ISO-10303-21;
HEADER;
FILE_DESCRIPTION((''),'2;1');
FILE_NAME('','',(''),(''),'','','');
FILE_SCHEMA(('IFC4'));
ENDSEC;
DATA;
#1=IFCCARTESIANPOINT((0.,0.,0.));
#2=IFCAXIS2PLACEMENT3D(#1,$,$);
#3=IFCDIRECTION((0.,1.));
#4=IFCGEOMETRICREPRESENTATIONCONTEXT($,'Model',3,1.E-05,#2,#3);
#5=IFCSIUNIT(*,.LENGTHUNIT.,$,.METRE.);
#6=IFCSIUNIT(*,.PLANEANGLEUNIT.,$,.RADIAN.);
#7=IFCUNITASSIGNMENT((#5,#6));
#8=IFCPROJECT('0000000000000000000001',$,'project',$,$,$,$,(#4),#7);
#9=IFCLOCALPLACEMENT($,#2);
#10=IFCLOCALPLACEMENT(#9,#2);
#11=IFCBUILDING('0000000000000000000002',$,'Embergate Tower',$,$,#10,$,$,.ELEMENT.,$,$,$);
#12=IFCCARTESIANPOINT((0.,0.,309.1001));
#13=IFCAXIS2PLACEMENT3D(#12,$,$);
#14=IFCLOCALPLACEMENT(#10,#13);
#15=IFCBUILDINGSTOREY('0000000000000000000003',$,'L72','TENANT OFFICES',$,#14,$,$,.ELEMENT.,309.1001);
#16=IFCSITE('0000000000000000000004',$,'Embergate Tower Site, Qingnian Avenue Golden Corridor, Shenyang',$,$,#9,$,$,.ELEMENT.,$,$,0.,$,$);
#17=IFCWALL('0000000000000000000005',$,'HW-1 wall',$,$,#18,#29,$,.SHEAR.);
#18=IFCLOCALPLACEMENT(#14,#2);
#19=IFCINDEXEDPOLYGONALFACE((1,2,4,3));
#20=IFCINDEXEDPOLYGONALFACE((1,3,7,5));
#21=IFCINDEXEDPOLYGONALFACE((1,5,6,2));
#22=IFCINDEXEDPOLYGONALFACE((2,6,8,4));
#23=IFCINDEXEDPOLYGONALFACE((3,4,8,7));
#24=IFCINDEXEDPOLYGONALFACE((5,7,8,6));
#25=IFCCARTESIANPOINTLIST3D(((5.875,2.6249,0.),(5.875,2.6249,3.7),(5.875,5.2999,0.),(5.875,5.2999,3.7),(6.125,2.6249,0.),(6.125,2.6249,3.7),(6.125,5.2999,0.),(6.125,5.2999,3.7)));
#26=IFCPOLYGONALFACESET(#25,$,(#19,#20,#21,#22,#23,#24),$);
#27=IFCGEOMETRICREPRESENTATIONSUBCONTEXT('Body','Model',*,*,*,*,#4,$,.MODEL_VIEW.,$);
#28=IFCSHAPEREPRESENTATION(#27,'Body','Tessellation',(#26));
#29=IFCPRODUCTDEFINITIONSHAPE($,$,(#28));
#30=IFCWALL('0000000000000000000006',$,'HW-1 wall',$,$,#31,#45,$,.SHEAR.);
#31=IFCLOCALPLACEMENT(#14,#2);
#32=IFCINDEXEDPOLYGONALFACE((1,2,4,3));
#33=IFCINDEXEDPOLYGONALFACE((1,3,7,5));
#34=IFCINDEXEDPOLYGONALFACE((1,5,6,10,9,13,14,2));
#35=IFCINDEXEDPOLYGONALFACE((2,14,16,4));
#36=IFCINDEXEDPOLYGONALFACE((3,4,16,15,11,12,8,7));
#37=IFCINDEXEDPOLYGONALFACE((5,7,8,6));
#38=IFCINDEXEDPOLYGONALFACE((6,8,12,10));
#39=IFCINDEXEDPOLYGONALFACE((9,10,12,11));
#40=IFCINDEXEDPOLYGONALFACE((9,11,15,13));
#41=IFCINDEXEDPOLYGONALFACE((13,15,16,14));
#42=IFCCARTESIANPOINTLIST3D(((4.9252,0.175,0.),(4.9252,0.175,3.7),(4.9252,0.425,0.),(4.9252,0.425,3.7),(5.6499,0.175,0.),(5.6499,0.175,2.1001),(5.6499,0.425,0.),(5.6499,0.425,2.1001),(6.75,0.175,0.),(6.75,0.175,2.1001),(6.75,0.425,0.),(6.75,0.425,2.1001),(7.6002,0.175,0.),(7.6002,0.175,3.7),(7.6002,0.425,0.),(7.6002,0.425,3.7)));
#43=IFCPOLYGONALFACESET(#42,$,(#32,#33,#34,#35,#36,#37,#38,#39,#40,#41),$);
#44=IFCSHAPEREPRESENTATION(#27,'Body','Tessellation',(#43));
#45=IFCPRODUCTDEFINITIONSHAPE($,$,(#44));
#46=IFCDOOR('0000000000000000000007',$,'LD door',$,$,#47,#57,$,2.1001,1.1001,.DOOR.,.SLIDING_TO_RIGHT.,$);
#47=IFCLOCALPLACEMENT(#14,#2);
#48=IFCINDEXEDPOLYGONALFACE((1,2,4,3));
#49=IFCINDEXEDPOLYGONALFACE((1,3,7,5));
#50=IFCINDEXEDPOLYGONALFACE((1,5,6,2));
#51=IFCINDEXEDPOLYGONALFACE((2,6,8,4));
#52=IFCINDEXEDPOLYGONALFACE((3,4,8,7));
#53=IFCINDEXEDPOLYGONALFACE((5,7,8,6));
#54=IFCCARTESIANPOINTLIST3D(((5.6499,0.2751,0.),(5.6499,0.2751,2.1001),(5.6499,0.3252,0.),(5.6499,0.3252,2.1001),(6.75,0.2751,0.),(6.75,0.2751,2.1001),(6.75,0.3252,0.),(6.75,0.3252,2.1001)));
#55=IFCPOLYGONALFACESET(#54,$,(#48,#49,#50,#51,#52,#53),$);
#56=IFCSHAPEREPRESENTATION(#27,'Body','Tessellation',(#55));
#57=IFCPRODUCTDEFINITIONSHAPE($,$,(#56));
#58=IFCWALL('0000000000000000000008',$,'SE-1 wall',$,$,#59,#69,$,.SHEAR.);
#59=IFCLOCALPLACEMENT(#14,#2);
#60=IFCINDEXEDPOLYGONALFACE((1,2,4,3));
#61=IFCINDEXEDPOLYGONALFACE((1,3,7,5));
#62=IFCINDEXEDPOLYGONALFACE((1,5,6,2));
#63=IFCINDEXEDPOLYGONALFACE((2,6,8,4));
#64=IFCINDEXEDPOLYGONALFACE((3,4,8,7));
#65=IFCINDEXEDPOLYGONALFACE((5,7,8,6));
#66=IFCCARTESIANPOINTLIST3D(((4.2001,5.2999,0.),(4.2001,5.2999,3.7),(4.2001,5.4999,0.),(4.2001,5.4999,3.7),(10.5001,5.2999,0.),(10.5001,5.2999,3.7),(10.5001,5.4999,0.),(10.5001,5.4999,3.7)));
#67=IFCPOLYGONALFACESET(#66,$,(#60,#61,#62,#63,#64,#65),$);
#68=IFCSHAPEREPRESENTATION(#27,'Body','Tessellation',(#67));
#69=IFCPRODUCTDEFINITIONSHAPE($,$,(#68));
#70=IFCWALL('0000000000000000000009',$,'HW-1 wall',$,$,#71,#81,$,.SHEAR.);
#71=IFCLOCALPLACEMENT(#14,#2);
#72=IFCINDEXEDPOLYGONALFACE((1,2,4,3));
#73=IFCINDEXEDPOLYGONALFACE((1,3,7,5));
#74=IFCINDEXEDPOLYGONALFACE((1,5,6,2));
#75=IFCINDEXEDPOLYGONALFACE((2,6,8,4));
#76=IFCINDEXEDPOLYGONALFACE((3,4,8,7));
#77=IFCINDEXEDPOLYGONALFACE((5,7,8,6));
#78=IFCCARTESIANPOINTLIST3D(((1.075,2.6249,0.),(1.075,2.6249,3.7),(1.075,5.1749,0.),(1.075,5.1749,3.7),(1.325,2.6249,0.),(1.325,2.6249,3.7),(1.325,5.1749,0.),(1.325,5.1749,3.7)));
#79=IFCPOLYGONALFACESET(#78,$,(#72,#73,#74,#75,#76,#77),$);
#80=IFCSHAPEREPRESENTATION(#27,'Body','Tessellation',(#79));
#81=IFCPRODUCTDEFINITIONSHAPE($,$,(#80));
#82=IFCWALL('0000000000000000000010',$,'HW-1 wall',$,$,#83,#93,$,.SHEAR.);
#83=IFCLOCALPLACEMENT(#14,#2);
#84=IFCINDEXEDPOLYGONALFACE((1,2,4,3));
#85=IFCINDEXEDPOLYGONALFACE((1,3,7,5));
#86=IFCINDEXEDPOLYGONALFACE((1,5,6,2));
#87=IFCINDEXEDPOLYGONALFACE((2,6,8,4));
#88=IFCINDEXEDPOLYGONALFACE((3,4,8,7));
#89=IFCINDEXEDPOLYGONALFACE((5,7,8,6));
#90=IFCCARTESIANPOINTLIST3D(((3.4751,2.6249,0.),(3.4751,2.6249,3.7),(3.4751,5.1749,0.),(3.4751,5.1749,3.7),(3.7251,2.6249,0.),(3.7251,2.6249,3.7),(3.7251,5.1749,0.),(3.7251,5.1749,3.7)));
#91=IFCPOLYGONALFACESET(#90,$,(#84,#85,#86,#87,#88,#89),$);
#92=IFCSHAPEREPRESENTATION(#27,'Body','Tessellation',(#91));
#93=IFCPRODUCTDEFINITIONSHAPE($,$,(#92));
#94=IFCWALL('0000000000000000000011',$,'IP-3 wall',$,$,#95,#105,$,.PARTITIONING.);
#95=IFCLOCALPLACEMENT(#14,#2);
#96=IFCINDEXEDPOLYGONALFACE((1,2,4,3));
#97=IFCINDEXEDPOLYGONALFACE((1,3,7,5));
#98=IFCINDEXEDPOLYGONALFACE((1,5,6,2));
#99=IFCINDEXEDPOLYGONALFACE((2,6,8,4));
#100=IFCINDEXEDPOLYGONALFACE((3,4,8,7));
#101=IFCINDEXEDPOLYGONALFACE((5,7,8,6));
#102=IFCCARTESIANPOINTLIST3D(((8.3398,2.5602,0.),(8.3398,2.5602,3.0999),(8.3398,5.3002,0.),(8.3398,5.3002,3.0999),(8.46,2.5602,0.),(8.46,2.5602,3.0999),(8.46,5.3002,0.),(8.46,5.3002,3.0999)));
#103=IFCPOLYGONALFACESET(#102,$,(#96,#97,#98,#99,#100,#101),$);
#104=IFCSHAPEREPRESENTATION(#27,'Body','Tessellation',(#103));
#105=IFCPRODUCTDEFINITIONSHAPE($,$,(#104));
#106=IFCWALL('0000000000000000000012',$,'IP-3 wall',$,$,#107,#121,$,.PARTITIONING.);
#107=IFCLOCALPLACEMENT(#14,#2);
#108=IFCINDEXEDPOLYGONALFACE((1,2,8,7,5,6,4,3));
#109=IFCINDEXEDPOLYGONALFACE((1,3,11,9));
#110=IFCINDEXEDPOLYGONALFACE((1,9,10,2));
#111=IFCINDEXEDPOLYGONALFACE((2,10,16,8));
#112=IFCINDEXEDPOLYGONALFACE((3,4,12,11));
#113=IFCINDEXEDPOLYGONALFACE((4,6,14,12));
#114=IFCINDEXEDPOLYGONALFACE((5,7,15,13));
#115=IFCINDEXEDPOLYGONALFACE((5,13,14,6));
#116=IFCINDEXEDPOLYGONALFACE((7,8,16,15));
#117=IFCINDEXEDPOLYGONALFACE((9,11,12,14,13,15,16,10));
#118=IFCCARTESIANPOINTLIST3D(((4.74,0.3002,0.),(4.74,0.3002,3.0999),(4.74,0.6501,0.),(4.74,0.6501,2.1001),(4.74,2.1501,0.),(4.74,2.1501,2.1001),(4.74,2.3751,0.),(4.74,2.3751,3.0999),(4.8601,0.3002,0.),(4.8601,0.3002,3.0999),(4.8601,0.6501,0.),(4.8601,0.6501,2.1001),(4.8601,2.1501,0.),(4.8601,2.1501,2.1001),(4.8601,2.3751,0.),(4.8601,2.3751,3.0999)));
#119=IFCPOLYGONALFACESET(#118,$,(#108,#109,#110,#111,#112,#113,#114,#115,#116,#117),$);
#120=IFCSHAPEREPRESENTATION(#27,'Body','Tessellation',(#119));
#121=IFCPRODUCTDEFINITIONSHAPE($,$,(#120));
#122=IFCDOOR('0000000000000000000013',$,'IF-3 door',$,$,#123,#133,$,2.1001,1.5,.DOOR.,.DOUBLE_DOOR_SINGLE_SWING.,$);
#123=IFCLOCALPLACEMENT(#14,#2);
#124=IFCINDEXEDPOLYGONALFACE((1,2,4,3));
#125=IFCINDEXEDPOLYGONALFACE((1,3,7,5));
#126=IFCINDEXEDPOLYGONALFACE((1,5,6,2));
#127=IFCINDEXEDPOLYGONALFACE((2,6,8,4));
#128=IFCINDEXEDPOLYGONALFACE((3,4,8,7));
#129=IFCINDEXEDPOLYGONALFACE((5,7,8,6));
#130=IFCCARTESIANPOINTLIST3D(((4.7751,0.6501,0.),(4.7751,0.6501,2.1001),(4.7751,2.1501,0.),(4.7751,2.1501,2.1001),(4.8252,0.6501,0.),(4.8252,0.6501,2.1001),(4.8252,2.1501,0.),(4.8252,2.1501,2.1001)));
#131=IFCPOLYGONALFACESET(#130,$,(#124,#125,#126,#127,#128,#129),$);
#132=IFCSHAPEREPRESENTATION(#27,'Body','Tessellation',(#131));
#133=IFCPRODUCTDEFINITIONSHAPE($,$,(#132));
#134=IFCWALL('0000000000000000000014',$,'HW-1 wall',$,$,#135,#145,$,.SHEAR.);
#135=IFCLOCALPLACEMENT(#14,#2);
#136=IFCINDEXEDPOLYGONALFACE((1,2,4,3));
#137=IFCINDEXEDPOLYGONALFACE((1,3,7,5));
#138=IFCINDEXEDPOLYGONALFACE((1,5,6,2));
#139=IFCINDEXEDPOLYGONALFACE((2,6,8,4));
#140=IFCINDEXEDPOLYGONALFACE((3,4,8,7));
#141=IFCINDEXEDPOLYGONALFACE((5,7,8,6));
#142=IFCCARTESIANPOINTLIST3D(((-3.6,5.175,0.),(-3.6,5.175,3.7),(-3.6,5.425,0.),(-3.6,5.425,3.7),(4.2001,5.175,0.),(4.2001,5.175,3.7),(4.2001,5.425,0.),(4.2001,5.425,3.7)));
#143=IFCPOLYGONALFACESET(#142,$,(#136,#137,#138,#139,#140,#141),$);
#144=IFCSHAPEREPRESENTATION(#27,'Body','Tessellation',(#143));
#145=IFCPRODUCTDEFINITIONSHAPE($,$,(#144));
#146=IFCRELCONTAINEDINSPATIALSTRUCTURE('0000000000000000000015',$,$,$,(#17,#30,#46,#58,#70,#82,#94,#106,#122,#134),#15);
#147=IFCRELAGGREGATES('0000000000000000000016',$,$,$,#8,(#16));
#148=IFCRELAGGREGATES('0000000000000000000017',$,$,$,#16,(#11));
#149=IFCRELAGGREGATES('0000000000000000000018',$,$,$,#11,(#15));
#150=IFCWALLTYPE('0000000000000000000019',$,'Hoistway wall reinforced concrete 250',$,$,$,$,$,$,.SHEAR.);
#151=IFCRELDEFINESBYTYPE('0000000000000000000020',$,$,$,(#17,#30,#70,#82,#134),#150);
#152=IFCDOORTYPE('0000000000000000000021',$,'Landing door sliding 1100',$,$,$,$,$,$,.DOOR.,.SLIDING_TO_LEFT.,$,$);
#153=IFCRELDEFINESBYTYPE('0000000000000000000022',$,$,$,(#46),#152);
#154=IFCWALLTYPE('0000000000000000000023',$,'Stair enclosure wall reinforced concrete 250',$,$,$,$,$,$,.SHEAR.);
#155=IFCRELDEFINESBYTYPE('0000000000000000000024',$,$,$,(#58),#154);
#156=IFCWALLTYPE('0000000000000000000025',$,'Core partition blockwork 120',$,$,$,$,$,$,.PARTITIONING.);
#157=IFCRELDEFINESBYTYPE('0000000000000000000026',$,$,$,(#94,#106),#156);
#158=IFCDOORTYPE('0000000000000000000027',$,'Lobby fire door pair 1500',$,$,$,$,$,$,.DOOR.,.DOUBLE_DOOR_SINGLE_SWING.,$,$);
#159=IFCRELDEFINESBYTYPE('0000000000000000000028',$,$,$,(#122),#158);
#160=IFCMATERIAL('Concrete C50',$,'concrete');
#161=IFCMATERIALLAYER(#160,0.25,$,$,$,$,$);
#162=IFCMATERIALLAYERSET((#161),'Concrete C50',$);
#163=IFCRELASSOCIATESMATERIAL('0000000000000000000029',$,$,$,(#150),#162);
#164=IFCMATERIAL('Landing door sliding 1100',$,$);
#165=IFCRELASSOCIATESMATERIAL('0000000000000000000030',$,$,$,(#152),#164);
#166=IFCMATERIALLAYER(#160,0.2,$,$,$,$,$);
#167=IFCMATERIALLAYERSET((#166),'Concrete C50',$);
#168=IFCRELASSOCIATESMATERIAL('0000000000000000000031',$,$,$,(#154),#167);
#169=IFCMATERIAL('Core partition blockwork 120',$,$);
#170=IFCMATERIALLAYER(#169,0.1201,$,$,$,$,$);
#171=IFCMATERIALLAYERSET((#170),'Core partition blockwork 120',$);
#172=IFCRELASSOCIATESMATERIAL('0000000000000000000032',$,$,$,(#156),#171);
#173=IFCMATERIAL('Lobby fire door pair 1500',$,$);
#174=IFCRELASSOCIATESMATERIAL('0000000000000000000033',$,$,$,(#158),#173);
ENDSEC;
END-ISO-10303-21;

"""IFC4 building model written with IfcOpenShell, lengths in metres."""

from ifc_helpers import new_model, si_unit, direction, frame, frame_2d, origin, place, context, subcontext, project, spatial, rectangle, extrude, source, transform, mapped, material, layer, layer_set, type_object, element, fill, save


model = new_model("IFC4")

# Units and contexts
model_context = context("Model", 3, precision=1e-05, world=origin(), true_north=direction((0.0, 1.0)))
body_context = subcontext(model_context, "Body", "Model", "MODEL_VIEW")
ifc_project = project(units=[si_unit("LENGTHUNIT", "METRE"), si_unit("PLANEANGLEUNIT", "RADIAN")], contexts=[model_context])

# Site, building, storey
site_placement = place(None, origin())
site = spatial("IfcSite", under=ifc_project, at=site_placement, Name="Embergate Tower Site, Qingnian Avenue Golden Corridor, Shenyang", CompositionType="ELEMENT", RefElevation=0.0)
building_placement = place(site_placement, origin())
building = spatial("IfcBuilding", under=site, at=building_placement, Name="Embergate Tower", CompositionType="ELEMENT")
storey_placement = place(building_placement, frame((0.0, 0.0, 309.1001)))
storey = spatial("IfcBuildingStorey", under=building, at=storey_placement, Name="L72", Description="TENANT OFFICES", CompositionType="ELEMENT", Elevation=309.1001)

# Wall
ifc_material_1 = material(Name="Concrete C50", Category="concrete")
ifc_layer_1 = layer(ifc_material_1, 0.25)
ifc_layer_set_1 = layer_set([ifc_layer_1], Name="Concrete C50")
wall_type_1 = type_object("IfcWallType", Name="Hoistway wall reinforced concrete 250", PredefinedType="SHEAR", material=ifc_layer_set_1)
shared_shape_1 = source(origin(), body_context, "Body", "SweptSolid", [
    extrude(rectangle(XDim=2.675, YDim=0.25, at=frame_2d((1.3374, 0.0))), origin(), (0.0, 0.0, 1.0), 3.7),
])
wall_1_placement = place(storey_placement, frame((6.0, 2.625, 0.0), z_axis=(0.0, 0.0, 1.0), x_axis=(0.0, 1.0, 0.0)))
element("IfcWall", 1, at=wall_1_placement, inside=storey, type_object=wall_type_1, Name="HW-1 wall", PredefinedType="SHEAR", context=body_context, shape_type="MappedRepresentation", body=[
    mapped(shared_shape_1, transform((0.0, 0.0, 0.0))),
])

# Wall, opening, door
wall_2_placement = place(storey_placement, frame((7.6001, 0.3, 0.0), z_axis=(0.0, 0.0, 1.0), x_axis=(-1.0, 0.0, 0.0)))
wall_2 = element("IfcWall", 2, at=wall_2_placement, inside=storey, type_object=wall_type_1, Name="HW-1 wall", PredefinedType="SHEAR", context=body_context, shape_type="MappedRepresentation", body=[
    mapped(shared_shape_1, transform((0.0, 0.0, 0.0))),
])
shared_shape_2 = source(origin(), body_context, "Body", "SweptSolid", [
    extrude(rectangle(XDim=1.1001, YDim=2.1001, at=frame_2d((0.55, 1.05))), frame((0.0, 0.135, 0.0), z_axis=(0.0, -1.0, 0.0), x_axis=(1.0, 0.0, 0.0)), (0.0, 0.0, 1.0), 0.27),
])
opening_1_placement = place(wall_2_placement, frame((0.8501, 0.0, 0.0)))
opening_1 = element("IfcOpeningElement", 3, at=opening_1_placement, cuts=wall_2, PredefinedType="OPENING", context=body_context, shape_type="MappedRepresentation", body=[
    mapped(shared_shape_2, transform((0.0, 0.0, 0.0))),
])
ifc_material_2 = material(Name="Landing door sliding 1100")
door_type_1 = type_object("IfcDoorType", Name="Landing door sliding 1100", OperationType="SLIDING_TO_LEFT", PredefinedType="DOOR", material=ifc_material_2)
shared_shape_3 = source(origin(), body_context, "Body", "SweptSolid", [
    extrude(rectangle(XDim=1.1001, YDim=2.1001, at=frame_2d((0.55, 1.05))), frame((0.0, 0.0249, 0.0), z_axis=(0.0, -1.0, 0.0), x_axis=(1.0, 0.0, 0.0)), (0.0, 0.0, 1.0), 0.05),
])
door_1_placement = place(opening_1_placement, origin())
door_1 = element("IfcDoor", 4, at=door_1_placement, inside=storey, type_object=door_type_1, Name="LD door", OperationType="SLIDING_TO_RIGHT", OverallHeight=2.1001, OverallWidth=1.1001, PredefinedType="DOOR", context=body_context, shape_type="MappedRepresentation", body=[
    mapped(shared_shape_3, transform((0.0, 0.0, 0.0))),
])
fill(opening_1, door_1)

# Walls
ifc_layer_2 = layer(ifc_material_1, 0.2)
ifc_layer_set_2 = layer_set([ifc_layer_2], Name="Concrete C50")
wall_type_2 = type_object("IfcWallType", Name="Stair enclosure wall reinforced concrete 250", PredefinedType="SHEAR", material=ifc_layer_set_2)
shared_shape_4 = source(origin(), body_context, "Body", "SweptSolid", [
    extrude(rectangle(XDim=6.3, YDim=0.2, at=frame_2d((3.1499, 0.0))), origin(), (0.0, 0.0, 1.0), 3.7),
])
wall_3_placement = place(storey_placement, frame((10.5, 5.3999, 0.0), z_axis=(0.0, 0.0, 1.0), x_axis=(-1.0, 0.0, 0.0)))
element("IfcWall", 5, at=wall_3_placement, inside=storey, type_object=wall_type_2, Name="SE-1 wall", PredefinedType="SHEAR", context=body_context, shape_type="MappedRepresentation", body=[
    mapped(shared_shape_4, transform((0.0, 0.0, 0.0))),
])
shared_shape_5 = source(origin(), body_context, "Body", "SweptSolid", [
    extrude(rectangle(XDim=2.55, YDim=0.25, at=frame_2d((1.2749, 0.0))), origin(), (0.0, 0.0, 1.0), 3.7),
])
for number, where, z_axis, x_axis, name in (
    (6, (1.2, 2.625, 0.0), (0.0, 0.0, 1.0), (0.0, 1.0, 0.0), "HW-1 wall"),
    (7, (3.6001, 2.625, 0.0), (0.0, 0.0, 1.0), (0.0, 1.0, 0.0), "HW-1 wall"),
):
    element("IfcWall", number, at=place(storey_placement, frame(where, z_axis=z_axis, x_axis=x_axis)), inside=storey, type_object=wall_type_1, Name=name, PredefinedType="SHEAR", context=body_context, shape_type="MappedRepresentation", body=[
        mapped(shared_shape_5, transform((0.0, 0.0, 0.0))),
    ])
ifc_material_3 = material(Name="Core partition blockwork 120")
ifc_layer_3 = layer(ifc_material_3, 0.1201)
ifc_layer_set_3 = layer_set([ifc_layer_3], Name="Core partition blockwork 120")
wall_type_3 = type_object("IfcWallType", Name="Core partition blockwork 120", PredefinedType="PARTITIONING", material=ifc_layer_set_3)
shared_shape_6 = source(origin(), body_context, "Body", "SweptSolid", [
    extrude(rectangle(XDim=2.74, YDim=0.1201, at=frame_2d((1.3701, 0.0))), origin(), (0.0, 0.0, 1.0), 3.0999),
])
wall_4_placement = place(storey_placement, frame((8.3999, 2.5601, 0.0), z_axis=(0.0, 0.0, 1.0), x_axis=(0.0, 1.0, 0.0)))
element("IfcWall", 8, at=wall_4_placement, inside=storey, type_object=wall_type_3, Name="IP-3 wall", PredefinedType="PARTITIONING", context=body_context, shape_type="MappedRepresentation", body=[
    mapped(shared_shape_6, transform((0.0, 0.0, 0.0))),
])

# Wall, opening, door
shared_shape_7 = source(origin(), body_context, "Body", "SweptSolid", [
    extrude(rectangle(XDim=2.075, YDim=0.1201, at=frame_2d((1.0376, 0.0))), origin(), (0.0, 0.0, 1.0), 3.0999),
])
wall_5_placement = place(storey_placement, frame((4.8, 0.3, 0.0), z_axis=(0.0, 0.0, 1.0), x_axis=(0.0, 1.0, 0.0)))
wall_5 = element("IfcWall", 9, at=wall_5_placement, inside=storey, type_object=wall_type_3, Name="IP-3 wall", PredefinedType="PARTITIONING", context=body_context, shape_type="MappedRepresentation", body=[
    mapped(shared_shape_7, transform((0.0, 0.0, 0.0))),
])
shared_shape_8 = source(origin(), body_context, "Body", "SweptSolid", [
    extrude(rectangle(XDim=1.5, YDim=2.1001, at=frame_2d((0.75, 1.05))), frame((0.0, 0.0701, 0.0), z_axis=(0.0, -1.0, 0.0), x_axis=(1.0, 0.0, 0.0)), (0.0, 0.0, 1.0), 0.1401),
])
opening_2_placement = place(wall_5_placement, frame((0.3501, 0.0, 0.0)))
opening_2 = element("IfcOpeningElement", 10, at=opening_2_placement, cuts=wall_5, PredefinedType="OPENING", context=body_context, shape_type="MappedRepresentation", body=[
    mapped(shared_shape_8, transform((0.0, 0.0, 0.0))),
])
ifc_material_4 = material(Name="Lobby fire door pair 1500")
door_type_2 = type_object("IfcDoorType", Name="Lobby fire door pair 1500", OperationType="DOUBLE_DOOR_SINGLE_SWING", PredefinedType="DOOR", material=ifc_material_4)
shared_shape_9 = source(origin(), body_context, "Body", "SweptSolid", [
    extrude(rectangle(XDim=1.5, YDim=2.1001, at=frame_2d((0.75, 1.05))), frame((0.0, 0.0249, 0.0), z_axis=(0.0, -1.0, 0.0), x_axis=(1.0, 0.0, 0.0)), (0.0, 0.0, 1.0), 0.05),
])
door_2_placement = place(opening_2_placement, origin())
door_2 = element("IfcDoor", 11, at=door_2_placement, inside=storey, type_object=door_type_2, Name="IF-3 door", OperationType="DOUBLE_DOOR_SINGLE_SWING", OverallHeight=2.1001, OverallWidth=1.5, PredefinedType="DOOR", context=body_context, shape_type="MappedRepresentation", body=[
    mapped(shared_shape_9, transform((0.0, 0.0, 0.0))),
])
fill(opening_2, door_2)

# Wall
shared_shape_10 = source(origin(), body_context, "Body", "SweptSolid", [
    extrude(rectangle(XDim=7.8, YDim=0.25, at=frame_2d((3.8999, 0.0))), origin(), (0.0, 0.0, 1.0), 3.7),
])
wall_6_placement = place(storey_placement, frame((4.2, 5.3, 0.0), z_axis=(0.0, 0.0, 1.0), x_axis=(-1.0, 0.0, 0.0)))
element("IfcWall", 12, at=wall_6_placement, inside=storey, type_object=wall_type_1, Name="HW-1 wall", PredefinedType="SHEAR", context=body_context, shape_type="MappedRepresentation", body=[
    mapped(shared_shape_10, transform((0.0, 0.0, 0.0))),
])

save(model, "model.ifc")
